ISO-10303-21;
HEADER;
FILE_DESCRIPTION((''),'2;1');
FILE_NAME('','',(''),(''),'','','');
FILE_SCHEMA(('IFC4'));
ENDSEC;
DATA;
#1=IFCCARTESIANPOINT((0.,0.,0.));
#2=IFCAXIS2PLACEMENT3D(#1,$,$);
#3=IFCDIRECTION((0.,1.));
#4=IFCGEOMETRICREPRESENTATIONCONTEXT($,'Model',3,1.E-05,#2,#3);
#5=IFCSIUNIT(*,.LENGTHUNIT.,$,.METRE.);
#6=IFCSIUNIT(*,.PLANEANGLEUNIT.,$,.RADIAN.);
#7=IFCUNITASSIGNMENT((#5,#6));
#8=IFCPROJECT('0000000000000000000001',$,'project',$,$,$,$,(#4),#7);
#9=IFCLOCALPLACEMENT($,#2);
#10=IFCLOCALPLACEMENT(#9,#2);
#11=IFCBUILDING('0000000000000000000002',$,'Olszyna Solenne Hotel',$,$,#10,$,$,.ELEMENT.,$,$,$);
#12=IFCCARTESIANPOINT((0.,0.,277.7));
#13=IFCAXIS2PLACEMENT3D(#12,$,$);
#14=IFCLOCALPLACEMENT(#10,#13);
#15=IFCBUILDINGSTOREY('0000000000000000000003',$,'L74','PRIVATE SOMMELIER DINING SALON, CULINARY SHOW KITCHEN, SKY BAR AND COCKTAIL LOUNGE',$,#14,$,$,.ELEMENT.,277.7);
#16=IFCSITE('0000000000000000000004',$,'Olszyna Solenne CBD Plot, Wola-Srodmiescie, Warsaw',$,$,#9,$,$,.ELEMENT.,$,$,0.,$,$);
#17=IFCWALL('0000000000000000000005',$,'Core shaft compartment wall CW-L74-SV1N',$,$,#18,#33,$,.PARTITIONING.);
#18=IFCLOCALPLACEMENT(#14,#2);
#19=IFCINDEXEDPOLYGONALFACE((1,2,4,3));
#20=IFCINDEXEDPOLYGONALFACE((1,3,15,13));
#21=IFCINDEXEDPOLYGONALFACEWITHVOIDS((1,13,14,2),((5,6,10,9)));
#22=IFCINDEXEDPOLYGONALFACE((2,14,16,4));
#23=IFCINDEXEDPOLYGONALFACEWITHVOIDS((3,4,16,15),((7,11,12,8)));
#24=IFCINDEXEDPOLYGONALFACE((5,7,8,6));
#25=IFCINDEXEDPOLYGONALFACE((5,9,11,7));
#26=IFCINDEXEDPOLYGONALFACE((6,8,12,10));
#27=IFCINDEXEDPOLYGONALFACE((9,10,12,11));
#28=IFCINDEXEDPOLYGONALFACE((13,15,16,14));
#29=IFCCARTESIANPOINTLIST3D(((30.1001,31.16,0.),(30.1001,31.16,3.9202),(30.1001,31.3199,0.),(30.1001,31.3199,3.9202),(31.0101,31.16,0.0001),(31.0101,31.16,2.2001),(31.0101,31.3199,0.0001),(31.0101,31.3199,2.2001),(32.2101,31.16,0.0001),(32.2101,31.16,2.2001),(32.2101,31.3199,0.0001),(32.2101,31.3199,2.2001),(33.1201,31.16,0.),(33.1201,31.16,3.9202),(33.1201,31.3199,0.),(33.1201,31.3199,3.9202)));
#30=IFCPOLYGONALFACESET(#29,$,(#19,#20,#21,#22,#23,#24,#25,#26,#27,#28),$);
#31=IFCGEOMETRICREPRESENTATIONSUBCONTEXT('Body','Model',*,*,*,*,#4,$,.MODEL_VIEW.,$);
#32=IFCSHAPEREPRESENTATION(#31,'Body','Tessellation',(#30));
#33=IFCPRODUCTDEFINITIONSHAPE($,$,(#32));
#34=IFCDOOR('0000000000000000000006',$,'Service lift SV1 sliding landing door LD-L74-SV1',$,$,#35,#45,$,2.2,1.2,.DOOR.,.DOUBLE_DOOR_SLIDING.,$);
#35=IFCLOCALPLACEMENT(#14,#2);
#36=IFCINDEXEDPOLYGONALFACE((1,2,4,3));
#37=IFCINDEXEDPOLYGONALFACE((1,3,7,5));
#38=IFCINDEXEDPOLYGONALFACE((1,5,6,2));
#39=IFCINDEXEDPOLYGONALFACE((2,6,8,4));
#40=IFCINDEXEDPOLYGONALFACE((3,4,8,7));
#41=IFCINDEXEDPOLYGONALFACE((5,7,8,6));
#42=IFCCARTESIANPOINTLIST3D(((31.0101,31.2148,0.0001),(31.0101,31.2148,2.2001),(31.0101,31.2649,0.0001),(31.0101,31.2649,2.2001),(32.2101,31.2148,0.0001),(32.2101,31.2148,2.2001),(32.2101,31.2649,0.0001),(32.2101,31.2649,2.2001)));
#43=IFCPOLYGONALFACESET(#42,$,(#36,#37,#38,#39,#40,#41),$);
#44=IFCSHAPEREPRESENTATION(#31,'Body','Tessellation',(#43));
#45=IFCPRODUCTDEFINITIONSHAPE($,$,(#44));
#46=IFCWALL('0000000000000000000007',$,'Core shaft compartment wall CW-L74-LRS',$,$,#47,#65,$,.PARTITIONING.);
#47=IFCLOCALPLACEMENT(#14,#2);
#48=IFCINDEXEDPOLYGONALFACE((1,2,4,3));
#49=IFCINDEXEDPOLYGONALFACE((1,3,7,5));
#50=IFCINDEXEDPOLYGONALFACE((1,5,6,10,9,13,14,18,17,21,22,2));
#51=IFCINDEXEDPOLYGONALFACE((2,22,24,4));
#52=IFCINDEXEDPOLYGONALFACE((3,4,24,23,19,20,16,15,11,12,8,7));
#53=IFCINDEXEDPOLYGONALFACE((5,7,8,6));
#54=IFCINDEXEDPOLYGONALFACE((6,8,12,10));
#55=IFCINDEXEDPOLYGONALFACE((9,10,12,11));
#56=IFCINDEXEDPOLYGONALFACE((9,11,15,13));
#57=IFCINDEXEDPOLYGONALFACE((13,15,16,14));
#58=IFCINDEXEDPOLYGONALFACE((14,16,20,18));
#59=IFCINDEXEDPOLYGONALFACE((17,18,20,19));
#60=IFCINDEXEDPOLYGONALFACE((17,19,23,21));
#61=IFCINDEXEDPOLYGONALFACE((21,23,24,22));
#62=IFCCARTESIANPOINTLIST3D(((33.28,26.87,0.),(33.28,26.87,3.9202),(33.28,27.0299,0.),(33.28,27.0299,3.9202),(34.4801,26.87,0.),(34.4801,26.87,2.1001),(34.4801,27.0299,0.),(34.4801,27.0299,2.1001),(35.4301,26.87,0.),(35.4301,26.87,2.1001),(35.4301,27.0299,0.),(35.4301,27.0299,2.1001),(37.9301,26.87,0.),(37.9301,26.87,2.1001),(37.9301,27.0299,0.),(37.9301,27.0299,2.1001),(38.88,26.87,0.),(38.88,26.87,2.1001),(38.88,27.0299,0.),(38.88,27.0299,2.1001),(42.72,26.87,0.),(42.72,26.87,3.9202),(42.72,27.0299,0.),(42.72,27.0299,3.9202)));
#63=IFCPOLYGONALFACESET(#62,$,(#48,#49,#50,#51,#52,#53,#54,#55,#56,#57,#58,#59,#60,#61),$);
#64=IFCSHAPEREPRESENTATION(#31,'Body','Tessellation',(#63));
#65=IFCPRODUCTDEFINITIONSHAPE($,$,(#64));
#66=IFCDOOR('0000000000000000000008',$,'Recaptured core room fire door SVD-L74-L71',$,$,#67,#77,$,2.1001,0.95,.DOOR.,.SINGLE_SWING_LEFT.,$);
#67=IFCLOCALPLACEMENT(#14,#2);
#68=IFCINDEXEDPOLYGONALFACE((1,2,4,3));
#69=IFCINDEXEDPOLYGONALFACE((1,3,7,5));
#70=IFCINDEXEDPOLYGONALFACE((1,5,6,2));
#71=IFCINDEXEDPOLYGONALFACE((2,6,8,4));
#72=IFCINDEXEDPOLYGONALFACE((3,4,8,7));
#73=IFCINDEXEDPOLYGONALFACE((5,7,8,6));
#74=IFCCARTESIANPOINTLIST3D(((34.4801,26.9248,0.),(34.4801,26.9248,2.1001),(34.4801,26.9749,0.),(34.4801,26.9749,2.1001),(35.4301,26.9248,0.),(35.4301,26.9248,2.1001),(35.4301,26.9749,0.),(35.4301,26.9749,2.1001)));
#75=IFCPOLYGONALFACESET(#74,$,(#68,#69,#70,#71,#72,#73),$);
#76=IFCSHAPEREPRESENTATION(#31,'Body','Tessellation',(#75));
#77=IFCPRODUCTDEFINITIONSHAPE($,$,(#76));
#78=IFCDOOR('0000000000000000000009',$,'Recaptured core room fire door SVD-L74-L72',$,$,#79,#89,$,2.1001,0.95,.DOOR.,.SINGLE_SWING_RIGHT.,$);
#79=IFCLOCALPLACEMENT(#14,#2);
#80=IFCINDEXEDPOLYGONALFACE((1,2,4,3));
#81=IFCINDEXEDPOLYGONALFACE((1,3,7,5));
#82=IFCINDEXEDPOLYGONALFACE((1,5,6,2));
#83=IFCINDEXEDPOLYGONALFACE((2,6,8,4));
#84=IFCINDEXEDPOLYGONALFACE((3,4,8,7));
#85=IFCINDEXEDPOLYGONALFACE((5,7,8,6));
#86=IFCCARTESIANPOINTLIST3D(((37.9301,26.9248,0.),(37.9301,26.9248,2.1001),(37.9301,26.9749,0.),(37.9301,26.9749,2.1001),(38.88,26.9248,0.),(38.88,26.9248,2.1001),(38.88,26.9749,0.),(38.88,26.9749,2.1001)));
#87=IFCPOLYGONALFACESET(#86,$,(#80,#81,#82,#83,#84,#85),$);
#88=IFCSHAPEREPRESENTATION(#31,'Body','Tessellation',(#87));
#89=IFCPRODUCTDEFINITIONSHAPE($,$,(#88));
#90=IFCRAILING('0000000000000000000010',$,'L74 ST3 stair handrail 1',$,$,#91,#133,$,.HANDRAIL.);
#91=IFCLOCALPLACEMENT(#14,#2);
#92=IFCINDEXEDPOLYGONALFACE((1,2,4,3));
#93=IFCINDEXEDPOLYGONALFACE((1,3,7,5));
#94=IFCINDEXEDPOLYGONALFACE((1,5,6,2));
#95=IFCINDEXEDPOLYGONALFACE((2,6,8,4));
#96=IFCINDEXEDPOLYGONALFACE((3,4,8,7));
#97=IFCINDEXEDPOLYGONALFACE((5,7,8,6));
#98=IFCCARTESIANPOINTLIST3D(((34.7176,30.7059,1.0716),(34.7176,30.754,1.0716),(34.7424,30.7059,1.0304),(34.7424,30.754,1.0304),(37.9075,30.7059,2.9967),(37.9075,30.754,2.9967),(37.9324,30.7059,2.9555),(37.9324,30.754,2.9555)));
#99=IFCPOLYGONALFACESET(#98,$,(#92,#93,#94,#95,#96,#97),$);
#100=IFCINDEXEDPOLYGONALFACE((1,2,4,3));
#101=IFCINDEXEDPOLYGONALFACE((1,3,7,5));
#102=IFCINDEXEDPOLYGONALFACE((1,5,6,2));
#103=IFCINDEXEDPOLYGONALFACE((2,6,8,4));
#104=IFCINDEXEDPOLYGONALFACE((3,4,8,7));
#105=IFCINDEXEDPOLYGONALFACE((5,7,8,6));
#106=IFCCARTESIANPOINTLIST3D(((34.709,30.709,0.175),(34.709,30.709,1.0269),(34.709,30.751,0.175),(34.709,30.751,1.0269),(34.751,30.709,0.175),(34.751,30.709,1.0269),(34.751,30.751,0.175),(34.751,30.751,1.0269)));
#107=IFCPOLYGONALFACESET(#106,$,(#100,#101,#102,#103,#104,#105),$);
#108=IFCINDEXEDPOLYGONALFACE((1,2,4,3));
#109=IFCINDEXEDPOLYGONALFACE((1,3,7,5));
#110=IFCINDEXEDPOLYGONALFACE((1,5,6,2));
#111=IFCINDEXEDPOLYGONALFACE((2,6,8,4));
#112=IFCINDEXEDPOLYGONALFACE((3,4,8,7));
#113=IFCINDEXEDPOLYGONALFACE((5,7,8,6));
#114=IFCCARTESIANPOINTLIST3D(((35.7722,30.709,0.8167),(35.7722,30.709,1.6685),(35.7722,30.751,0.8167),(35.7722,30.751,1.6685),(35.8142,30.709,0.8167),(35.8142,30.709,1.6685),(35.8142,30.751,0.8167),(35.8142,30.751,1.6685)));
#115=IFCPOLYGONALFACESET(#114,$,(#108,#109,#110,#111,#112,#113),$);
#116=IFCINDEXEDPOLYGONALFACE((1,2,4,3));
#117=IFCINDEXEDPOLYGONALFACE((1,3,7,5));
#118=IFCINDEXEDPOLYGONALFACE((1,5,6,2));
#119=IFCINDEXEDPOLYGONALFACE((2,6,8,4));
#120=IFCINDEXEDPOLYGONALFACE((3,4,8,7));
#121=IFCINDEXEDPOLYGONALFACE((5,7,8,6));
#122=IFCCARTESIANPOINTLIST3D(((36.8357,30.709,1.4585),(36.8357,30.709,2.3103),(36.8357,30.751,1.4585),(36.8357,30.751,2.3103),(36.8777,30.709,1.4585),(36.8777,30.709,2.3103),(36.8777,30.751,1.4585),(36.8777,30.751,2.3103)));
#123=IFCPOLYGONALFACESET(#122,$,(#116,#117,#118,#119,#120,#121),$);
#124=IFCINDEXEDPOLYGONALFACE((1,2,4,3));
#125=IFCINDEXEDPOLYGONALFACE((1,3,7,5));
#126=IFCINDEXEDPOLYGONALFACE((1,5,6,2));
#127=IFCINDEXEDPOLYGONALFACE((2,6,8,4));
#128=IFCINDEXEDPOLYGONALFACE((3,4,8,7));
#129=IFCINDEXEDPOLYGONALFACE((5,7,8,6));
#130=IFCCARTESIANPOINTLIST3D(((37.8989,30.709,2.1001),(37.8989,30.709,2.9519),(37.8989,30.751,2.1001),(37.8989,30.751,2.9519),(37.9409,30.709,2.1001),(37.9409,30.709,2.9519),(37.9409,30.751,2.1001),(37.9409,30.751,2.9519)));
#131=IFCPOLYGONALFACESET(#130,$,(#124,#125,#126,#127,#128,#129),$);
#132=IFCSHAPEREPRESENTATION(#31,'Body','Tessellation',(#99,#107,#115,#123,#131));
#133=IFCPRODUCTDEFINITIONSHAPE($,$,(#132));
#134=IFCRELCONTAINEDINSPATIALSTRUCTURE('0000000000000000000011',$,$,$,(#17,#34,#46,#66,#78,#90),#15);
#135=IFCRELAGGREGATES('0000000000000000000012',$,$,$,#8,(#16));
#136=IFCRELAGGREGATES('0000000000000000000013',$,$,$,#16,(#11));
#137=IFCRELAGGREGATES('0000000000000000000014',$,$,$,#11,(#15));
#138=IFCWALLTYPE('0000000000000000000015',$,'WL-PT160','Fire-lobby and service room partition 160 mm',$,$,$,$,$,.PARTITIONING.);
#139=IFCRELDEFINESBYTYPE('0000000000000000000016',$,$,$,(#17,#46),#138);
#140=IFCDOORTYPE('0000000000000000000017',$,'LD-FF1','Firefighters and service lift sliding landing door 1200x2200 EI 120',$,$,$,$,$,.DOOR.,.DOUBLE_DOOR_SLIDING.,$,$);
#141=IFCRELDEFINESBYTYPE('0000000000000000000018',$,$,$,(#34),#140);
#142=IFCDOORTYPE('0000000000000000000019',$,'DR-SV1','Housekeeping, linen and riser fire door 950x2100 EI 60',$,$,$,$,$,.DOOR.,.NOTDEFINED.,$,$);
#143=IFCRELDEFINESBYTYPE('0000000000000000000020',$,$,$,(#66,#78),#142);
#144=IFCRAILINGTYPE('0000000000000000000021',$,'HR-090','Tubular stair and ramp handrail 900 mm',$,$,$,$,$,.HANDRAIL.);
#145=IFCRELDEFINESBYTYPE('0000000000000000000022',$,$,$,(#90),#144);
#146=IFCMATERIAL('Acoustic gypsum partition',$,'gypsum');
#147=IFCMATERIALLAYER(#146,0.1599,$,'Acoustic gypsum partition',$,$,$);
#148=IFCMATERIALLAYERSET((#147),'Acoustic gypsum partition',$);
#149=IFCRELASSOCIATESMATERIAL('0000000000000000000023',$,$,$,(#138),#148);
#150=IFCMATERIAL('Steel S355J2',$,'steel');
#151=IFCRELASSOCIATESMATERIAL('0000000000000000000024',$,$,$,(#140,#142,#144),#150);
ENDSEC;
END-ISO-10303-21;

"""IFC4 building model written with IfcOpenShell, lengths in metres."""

from ifc_helpers import new_model, si_unit, direction, frame, frame_2d, origin, origin_2d, place, context, subcontext, project, spatial, rectangle, extrude, source, transform, mapped, material, layer, layer_set, type_object, type_shapes, element, fill, save


model = new_model("IFC4")

# Units and contexts
model_context = context("Model", 3, precision=1e-05, world=origin(), true_north=direction((0.0, 1.0)))
body_context = subcontext(model_context, "Body", "Model", "MODEL_VIEW")
ifc_project = project(units=[si_unit("LENGTHUNIT", "METRE"), si_unit("PLANEANGLEUNIT", "RADIAN")], contexts=[model_context])

# Site, building, storey
site_placement = place(None, origin())
site = spatial("IfcSite", under=ifc_project, at=site_placement, Name="Olszyna Solenne CBD Plot, Wola-Srodmiescie, Warsaw", CompositionType="ELEMENT", RefElevation=0.0)
building_placement = place(site_placement, origin())
building = spatial("IfcBuilding", under=site, at=building_placement, Name="Olszyna Solenne Hotel", CompositionType="ELEMENT")
storey_placement = place(building_placement, frame((0.0, 0.0, 277.7)))
storey = spatial("IfcBuildingStorey", under=building, at=storey_placement, Name="L74", Description="PRIVATE SOMMELIER DINING SALON, CULINARY SHOW KITCHEN, SKY BAR AND COCKTAIL LOUNGE", CompositionType="ELEMENT", Elevation=277.7)

# Shared definitions
ifc_material_1 = material(Name="Steel S355J2", Category="steel")

# Shared definitions
ifc_material_2 = material(Name="Acoustic gypsum partition", Category="gypsum")
ifc_layer_1 = layer(ifc_material_2, 0.1599, Name="Acoustic gypsum partition")
ifc_layer_set_1 = layer_set([ifc_layer_1], Name="Acoustic gypsum partition")
wall_type_1 = type_object("IfcWallType", Name="WL-PT160", Description="Fire-lobby and service room partition 160 mm", PredefinedType="PARTITIONING", material=ifc_layer_set_1)

# Wall, opening, door
wall_1_placement = place(storey_placement, frame((30.1001, 31.24, 0.0), z_axis=(0.0, 0.0, 1.0), x_axis=(1.0, 0.0, 0.0)))
wall_1 = element("IfcWall", 1, at=wall_1_placement, inside=storey, type_object=wall_type_1, Name="Core shaft compartment wall CW-L74-SV1N", PredefinedType="PARTITIONING", context=body_context, shape_type="SweptSolid", body=[
    extrude(rectangle(XDim=3.02, YDim=0.1599, at=frame_2d((1.51, 0.0))), origin(), (0.0, 0.0, 1.0), 3.9202),
])
opening_1_placement = place(wall_1_placement, frame((0.9099, 0.0, 0.0)))
opening_1 = element("IfcOpeningElement", 2, at=opening_1_placement, cuts=wall_1, PredefinedType="OPENING", context=body_context, shape_type="SweptSolid", body=[
    extrude(rectangle(XDim=1.2, YDim=2.2, at=frame_2d((0.6001, 1.1001))), frame((0.0, 0.0898, 0.0), z_axis=(0.0, -1.0, 0.0), x_axis=(1.0, 0.0, 0.0)), (0.0, 0.0, 1.0), 0.1799),
])
door_type_1 = type_object("IfcDoorType", Name="LD-FF1", Description="Firefighters and service lift sliding landing door 1200x2200 EI 120", OperationType="DOUBLE_DOOR_SLIDING", PredefinedType="DOOR", material=ifc_material_1)
shared_shape_1 = source(origin(), body_context, "Body", "SweptSolid", [
    extrude(rectangle(XDim=1.2, YDim=2.2, at=frame_2d((0.6001, 1.1001))), frame((0.0, 0.0249, 0.0), z_axis=(0.0, -1.0, 0.0), x_axis=(1.0, 0.0, 0.0)), (0.0, 0.0, 1.0), 0.05),
])
type_shapes(door_type_1, [shared_shape_1])
door_1_placement = place(opening_1_placement, origin())
door_1 = element("IfcDoor", 3, at=door_1_placement, inside=storey, type_object=door_type_1, Name="Service lift SV1 sliding landing door LD-L74-SV1", OperationType="DOUBLE_DOOR_SLIDING", OverallHeight=2.2, OverallWidth=1.2, PredefinedType="DOOR", context=body_context, shape_type="MappedRepresentation", body=[
    mapped(shared_shape_1, transform((0.0, 0.0, 0.0), x_axis=(1.0, 0.0, 0.0), y_axis=(0.0, 1.0, 0.0), z_axis=(0.0, 0.0, 1.0), scale=1.0)),
])
fill(opening_1, door_1)

# Wall, openings, doors
wall_2_placement = place(storey_placement, frame((33.28, 26.95, 0.0), z_axis=(0.0, 0.0, 1.0), x_axis=(1.0, 0.0, 0.0)))
wall_2 = element("IfcWall", 4, at=wall_2_placement, inside=storey, type_object=wall_type_1, Name="Core shaft compartment wall CW-L74-LRS", PredefinedType="PARTITIONING", context=body_context, shape_type="SweptSolid", body=[
    extrude(rectangle(XDim=9.4399, YDim=0.1599, at=frame_2d((4.72, 0.0))), origin(), (0.0, 0.0, 1.0), 3.9202),
])
opening_2_placement = place(wall_2_placement, frame((1.2, 0.0, 0.0)))
opening_2 = element("IfcOpeningElement", 5, at=opening_2_placement, cuts=wall_2, PredefinedType="OPENING", context=body_context, shape_type="SweptSolid", body=[
    extrude(rectangle(XDim=0.95, YDim=2.1001, at=frame_2d((0.4751, 1.05))), frame((0.0, 0.0898, 0.0), z_axis=(0.0, -1.0, 0.0), x_axis=(1.0, 0.0, 0.0)), (0.0, 0.0, 1.0), 0.1799),
])
opening_3_placement = place(wall_2_placement, frame((4.6499, 0.0, 0.0)))
opening_3 = element("IfcOpeningElement", 6, at=opening_3_placement, cuts=wall_2, PredefinedType="OPENING", context=body_context, shape_type="SweptSolid", body=[
    extrude(rectangle(XDim=0.95, YDim=2.1001, at=frame_2d((0.4751, 1.05))), frame((0.0, 0.0898, 0.0), z_axis=(0.0, -1.0, 0.0), x_axis=(1.0, 0.0, 0.0)), (0.0, 0.0, 1.0), 0.1799),
])
door_type_2 = type_object("IfcDoorType", Name="DR-SV1", Description="Housekeeping, linen and riser fire door 950x2100 EI 60", OperationType="NOTDEFINED", PredefinedType="DOOR", material=ifc_material_1)
shared_shape_2 = source(origin(), body_context, "Body", "SweptSolid", [
    extrude(rectangle(XDim=0.95, YDim=2.1001, at=frame_2d((0.4751, 1.05))), frame((0.0, 0.0249, 0.0), z_axis=(0.0, -1.0, 0.0), x_axis=(1.0, 0.0, 0.0)), (0.0, 0.0, 1.0), 0.05),
])
type_shapes(door_type_2, [shared_shape_2])
door_2_placement = place(opening_2_placement, origin())
door_2 = element("IfcDoor", 7, at=door_2_placement, inside=storey, type_object=door_type_2, Name="Recaptured core room fire door SVD-L74-L71", OperationType="SINGLE_SWING_LEFT", OverallHeight=2.1001, OverallWidth=0.95, PredefinedType="DOOR", context=body_context, shape_type="MappedRepresentation", body=[
    mapped(shared_shape_2, transform((0.0, 0.0, 0.0), x_axis=(1.0, 0.0, 0.0), y_axis=(0.0, 1.0, 0.0), z_axis=(0.0, 0.0, 1.0), scale=1.0)),
])
fill(opening_2, door_2)
door_3_placement = place(opening_3_placement, origin())
door_3 = element("IfcDoor", 8, at=door_3_placement, inside=storey, type_object=door_type_2, Name="Recaptured core room fire door SVD-L74-L72", OperationType="SINGLE_SWING_RIGHT", OverallHeight=2.1001, OverallWidth=0.95, PredefinedType="DOOR", context=body_context, shape_type="MappedRepresentation", body=[
    mapped(shared_shape_2, transform((0.0, 0.0, 0.0), x_axis=(1.0, 0.0, 0.0), y_axis=(0.0, 1.0, 0.0), z_axis=(0.0, 0.0, 1.0), scale=1.0)),
])
fill(opening_3, door_3)

# Railing
railing_type = type_object("IfcRailingType", Name="HR-090", Description="Tubular stair and ramp handrail 900 mm", PredefinedType="HANDRAIL", material=ifc_material_1)
railing_placement = place(storey_placement, frame((34.73, 30.73, 0.175)))
element("IfcRailing", 9, at=railing_placement, inside=storey, type_object=railing_type, Name="L74 ST3 stair handrail 1", PredefinedType="HANDRAIL", context=body_context, shape_type="SweptSolid", body=[
    extrude(rectangle(XDim=0.0481, YDim=0.0481, at=origin_2d()), frame((0.0, 0.0, 0.876), z_axis=(0.856178, 0.0, 0.516682), x_axis=(0.0, 1.0, 0.0)), (0.0, 0.0, 1.0), 3.7258),
    extrude(rectangle(XDim=0.042, YDim=0.042, at=origin_2d()), origin(), (0.0, 0.0, 1.0), 0.8518),
    extrude(rectangle(XDim=0.042, YDim=0.042, at=origin_2d()), frame((1.0632, 0.0, 0.6416)), (0.0, 0.0, 1.0), 0.8518),
    extrude(rectangle(XDim=0.042, YDim=0.042, at=origin_2d()), frame((2.1267, 0.0, 1.2834)), (0.0, 0.0, 1.0), 0.8518),
    extrude(rectangle(XDim=0.042, YDim=0.042, at=origin_2d()), frame((3.1899, 0.0, 1.925)), (0.0, 0.0, 1.0), 0.8518),
])

save(model, "model.ifc")
